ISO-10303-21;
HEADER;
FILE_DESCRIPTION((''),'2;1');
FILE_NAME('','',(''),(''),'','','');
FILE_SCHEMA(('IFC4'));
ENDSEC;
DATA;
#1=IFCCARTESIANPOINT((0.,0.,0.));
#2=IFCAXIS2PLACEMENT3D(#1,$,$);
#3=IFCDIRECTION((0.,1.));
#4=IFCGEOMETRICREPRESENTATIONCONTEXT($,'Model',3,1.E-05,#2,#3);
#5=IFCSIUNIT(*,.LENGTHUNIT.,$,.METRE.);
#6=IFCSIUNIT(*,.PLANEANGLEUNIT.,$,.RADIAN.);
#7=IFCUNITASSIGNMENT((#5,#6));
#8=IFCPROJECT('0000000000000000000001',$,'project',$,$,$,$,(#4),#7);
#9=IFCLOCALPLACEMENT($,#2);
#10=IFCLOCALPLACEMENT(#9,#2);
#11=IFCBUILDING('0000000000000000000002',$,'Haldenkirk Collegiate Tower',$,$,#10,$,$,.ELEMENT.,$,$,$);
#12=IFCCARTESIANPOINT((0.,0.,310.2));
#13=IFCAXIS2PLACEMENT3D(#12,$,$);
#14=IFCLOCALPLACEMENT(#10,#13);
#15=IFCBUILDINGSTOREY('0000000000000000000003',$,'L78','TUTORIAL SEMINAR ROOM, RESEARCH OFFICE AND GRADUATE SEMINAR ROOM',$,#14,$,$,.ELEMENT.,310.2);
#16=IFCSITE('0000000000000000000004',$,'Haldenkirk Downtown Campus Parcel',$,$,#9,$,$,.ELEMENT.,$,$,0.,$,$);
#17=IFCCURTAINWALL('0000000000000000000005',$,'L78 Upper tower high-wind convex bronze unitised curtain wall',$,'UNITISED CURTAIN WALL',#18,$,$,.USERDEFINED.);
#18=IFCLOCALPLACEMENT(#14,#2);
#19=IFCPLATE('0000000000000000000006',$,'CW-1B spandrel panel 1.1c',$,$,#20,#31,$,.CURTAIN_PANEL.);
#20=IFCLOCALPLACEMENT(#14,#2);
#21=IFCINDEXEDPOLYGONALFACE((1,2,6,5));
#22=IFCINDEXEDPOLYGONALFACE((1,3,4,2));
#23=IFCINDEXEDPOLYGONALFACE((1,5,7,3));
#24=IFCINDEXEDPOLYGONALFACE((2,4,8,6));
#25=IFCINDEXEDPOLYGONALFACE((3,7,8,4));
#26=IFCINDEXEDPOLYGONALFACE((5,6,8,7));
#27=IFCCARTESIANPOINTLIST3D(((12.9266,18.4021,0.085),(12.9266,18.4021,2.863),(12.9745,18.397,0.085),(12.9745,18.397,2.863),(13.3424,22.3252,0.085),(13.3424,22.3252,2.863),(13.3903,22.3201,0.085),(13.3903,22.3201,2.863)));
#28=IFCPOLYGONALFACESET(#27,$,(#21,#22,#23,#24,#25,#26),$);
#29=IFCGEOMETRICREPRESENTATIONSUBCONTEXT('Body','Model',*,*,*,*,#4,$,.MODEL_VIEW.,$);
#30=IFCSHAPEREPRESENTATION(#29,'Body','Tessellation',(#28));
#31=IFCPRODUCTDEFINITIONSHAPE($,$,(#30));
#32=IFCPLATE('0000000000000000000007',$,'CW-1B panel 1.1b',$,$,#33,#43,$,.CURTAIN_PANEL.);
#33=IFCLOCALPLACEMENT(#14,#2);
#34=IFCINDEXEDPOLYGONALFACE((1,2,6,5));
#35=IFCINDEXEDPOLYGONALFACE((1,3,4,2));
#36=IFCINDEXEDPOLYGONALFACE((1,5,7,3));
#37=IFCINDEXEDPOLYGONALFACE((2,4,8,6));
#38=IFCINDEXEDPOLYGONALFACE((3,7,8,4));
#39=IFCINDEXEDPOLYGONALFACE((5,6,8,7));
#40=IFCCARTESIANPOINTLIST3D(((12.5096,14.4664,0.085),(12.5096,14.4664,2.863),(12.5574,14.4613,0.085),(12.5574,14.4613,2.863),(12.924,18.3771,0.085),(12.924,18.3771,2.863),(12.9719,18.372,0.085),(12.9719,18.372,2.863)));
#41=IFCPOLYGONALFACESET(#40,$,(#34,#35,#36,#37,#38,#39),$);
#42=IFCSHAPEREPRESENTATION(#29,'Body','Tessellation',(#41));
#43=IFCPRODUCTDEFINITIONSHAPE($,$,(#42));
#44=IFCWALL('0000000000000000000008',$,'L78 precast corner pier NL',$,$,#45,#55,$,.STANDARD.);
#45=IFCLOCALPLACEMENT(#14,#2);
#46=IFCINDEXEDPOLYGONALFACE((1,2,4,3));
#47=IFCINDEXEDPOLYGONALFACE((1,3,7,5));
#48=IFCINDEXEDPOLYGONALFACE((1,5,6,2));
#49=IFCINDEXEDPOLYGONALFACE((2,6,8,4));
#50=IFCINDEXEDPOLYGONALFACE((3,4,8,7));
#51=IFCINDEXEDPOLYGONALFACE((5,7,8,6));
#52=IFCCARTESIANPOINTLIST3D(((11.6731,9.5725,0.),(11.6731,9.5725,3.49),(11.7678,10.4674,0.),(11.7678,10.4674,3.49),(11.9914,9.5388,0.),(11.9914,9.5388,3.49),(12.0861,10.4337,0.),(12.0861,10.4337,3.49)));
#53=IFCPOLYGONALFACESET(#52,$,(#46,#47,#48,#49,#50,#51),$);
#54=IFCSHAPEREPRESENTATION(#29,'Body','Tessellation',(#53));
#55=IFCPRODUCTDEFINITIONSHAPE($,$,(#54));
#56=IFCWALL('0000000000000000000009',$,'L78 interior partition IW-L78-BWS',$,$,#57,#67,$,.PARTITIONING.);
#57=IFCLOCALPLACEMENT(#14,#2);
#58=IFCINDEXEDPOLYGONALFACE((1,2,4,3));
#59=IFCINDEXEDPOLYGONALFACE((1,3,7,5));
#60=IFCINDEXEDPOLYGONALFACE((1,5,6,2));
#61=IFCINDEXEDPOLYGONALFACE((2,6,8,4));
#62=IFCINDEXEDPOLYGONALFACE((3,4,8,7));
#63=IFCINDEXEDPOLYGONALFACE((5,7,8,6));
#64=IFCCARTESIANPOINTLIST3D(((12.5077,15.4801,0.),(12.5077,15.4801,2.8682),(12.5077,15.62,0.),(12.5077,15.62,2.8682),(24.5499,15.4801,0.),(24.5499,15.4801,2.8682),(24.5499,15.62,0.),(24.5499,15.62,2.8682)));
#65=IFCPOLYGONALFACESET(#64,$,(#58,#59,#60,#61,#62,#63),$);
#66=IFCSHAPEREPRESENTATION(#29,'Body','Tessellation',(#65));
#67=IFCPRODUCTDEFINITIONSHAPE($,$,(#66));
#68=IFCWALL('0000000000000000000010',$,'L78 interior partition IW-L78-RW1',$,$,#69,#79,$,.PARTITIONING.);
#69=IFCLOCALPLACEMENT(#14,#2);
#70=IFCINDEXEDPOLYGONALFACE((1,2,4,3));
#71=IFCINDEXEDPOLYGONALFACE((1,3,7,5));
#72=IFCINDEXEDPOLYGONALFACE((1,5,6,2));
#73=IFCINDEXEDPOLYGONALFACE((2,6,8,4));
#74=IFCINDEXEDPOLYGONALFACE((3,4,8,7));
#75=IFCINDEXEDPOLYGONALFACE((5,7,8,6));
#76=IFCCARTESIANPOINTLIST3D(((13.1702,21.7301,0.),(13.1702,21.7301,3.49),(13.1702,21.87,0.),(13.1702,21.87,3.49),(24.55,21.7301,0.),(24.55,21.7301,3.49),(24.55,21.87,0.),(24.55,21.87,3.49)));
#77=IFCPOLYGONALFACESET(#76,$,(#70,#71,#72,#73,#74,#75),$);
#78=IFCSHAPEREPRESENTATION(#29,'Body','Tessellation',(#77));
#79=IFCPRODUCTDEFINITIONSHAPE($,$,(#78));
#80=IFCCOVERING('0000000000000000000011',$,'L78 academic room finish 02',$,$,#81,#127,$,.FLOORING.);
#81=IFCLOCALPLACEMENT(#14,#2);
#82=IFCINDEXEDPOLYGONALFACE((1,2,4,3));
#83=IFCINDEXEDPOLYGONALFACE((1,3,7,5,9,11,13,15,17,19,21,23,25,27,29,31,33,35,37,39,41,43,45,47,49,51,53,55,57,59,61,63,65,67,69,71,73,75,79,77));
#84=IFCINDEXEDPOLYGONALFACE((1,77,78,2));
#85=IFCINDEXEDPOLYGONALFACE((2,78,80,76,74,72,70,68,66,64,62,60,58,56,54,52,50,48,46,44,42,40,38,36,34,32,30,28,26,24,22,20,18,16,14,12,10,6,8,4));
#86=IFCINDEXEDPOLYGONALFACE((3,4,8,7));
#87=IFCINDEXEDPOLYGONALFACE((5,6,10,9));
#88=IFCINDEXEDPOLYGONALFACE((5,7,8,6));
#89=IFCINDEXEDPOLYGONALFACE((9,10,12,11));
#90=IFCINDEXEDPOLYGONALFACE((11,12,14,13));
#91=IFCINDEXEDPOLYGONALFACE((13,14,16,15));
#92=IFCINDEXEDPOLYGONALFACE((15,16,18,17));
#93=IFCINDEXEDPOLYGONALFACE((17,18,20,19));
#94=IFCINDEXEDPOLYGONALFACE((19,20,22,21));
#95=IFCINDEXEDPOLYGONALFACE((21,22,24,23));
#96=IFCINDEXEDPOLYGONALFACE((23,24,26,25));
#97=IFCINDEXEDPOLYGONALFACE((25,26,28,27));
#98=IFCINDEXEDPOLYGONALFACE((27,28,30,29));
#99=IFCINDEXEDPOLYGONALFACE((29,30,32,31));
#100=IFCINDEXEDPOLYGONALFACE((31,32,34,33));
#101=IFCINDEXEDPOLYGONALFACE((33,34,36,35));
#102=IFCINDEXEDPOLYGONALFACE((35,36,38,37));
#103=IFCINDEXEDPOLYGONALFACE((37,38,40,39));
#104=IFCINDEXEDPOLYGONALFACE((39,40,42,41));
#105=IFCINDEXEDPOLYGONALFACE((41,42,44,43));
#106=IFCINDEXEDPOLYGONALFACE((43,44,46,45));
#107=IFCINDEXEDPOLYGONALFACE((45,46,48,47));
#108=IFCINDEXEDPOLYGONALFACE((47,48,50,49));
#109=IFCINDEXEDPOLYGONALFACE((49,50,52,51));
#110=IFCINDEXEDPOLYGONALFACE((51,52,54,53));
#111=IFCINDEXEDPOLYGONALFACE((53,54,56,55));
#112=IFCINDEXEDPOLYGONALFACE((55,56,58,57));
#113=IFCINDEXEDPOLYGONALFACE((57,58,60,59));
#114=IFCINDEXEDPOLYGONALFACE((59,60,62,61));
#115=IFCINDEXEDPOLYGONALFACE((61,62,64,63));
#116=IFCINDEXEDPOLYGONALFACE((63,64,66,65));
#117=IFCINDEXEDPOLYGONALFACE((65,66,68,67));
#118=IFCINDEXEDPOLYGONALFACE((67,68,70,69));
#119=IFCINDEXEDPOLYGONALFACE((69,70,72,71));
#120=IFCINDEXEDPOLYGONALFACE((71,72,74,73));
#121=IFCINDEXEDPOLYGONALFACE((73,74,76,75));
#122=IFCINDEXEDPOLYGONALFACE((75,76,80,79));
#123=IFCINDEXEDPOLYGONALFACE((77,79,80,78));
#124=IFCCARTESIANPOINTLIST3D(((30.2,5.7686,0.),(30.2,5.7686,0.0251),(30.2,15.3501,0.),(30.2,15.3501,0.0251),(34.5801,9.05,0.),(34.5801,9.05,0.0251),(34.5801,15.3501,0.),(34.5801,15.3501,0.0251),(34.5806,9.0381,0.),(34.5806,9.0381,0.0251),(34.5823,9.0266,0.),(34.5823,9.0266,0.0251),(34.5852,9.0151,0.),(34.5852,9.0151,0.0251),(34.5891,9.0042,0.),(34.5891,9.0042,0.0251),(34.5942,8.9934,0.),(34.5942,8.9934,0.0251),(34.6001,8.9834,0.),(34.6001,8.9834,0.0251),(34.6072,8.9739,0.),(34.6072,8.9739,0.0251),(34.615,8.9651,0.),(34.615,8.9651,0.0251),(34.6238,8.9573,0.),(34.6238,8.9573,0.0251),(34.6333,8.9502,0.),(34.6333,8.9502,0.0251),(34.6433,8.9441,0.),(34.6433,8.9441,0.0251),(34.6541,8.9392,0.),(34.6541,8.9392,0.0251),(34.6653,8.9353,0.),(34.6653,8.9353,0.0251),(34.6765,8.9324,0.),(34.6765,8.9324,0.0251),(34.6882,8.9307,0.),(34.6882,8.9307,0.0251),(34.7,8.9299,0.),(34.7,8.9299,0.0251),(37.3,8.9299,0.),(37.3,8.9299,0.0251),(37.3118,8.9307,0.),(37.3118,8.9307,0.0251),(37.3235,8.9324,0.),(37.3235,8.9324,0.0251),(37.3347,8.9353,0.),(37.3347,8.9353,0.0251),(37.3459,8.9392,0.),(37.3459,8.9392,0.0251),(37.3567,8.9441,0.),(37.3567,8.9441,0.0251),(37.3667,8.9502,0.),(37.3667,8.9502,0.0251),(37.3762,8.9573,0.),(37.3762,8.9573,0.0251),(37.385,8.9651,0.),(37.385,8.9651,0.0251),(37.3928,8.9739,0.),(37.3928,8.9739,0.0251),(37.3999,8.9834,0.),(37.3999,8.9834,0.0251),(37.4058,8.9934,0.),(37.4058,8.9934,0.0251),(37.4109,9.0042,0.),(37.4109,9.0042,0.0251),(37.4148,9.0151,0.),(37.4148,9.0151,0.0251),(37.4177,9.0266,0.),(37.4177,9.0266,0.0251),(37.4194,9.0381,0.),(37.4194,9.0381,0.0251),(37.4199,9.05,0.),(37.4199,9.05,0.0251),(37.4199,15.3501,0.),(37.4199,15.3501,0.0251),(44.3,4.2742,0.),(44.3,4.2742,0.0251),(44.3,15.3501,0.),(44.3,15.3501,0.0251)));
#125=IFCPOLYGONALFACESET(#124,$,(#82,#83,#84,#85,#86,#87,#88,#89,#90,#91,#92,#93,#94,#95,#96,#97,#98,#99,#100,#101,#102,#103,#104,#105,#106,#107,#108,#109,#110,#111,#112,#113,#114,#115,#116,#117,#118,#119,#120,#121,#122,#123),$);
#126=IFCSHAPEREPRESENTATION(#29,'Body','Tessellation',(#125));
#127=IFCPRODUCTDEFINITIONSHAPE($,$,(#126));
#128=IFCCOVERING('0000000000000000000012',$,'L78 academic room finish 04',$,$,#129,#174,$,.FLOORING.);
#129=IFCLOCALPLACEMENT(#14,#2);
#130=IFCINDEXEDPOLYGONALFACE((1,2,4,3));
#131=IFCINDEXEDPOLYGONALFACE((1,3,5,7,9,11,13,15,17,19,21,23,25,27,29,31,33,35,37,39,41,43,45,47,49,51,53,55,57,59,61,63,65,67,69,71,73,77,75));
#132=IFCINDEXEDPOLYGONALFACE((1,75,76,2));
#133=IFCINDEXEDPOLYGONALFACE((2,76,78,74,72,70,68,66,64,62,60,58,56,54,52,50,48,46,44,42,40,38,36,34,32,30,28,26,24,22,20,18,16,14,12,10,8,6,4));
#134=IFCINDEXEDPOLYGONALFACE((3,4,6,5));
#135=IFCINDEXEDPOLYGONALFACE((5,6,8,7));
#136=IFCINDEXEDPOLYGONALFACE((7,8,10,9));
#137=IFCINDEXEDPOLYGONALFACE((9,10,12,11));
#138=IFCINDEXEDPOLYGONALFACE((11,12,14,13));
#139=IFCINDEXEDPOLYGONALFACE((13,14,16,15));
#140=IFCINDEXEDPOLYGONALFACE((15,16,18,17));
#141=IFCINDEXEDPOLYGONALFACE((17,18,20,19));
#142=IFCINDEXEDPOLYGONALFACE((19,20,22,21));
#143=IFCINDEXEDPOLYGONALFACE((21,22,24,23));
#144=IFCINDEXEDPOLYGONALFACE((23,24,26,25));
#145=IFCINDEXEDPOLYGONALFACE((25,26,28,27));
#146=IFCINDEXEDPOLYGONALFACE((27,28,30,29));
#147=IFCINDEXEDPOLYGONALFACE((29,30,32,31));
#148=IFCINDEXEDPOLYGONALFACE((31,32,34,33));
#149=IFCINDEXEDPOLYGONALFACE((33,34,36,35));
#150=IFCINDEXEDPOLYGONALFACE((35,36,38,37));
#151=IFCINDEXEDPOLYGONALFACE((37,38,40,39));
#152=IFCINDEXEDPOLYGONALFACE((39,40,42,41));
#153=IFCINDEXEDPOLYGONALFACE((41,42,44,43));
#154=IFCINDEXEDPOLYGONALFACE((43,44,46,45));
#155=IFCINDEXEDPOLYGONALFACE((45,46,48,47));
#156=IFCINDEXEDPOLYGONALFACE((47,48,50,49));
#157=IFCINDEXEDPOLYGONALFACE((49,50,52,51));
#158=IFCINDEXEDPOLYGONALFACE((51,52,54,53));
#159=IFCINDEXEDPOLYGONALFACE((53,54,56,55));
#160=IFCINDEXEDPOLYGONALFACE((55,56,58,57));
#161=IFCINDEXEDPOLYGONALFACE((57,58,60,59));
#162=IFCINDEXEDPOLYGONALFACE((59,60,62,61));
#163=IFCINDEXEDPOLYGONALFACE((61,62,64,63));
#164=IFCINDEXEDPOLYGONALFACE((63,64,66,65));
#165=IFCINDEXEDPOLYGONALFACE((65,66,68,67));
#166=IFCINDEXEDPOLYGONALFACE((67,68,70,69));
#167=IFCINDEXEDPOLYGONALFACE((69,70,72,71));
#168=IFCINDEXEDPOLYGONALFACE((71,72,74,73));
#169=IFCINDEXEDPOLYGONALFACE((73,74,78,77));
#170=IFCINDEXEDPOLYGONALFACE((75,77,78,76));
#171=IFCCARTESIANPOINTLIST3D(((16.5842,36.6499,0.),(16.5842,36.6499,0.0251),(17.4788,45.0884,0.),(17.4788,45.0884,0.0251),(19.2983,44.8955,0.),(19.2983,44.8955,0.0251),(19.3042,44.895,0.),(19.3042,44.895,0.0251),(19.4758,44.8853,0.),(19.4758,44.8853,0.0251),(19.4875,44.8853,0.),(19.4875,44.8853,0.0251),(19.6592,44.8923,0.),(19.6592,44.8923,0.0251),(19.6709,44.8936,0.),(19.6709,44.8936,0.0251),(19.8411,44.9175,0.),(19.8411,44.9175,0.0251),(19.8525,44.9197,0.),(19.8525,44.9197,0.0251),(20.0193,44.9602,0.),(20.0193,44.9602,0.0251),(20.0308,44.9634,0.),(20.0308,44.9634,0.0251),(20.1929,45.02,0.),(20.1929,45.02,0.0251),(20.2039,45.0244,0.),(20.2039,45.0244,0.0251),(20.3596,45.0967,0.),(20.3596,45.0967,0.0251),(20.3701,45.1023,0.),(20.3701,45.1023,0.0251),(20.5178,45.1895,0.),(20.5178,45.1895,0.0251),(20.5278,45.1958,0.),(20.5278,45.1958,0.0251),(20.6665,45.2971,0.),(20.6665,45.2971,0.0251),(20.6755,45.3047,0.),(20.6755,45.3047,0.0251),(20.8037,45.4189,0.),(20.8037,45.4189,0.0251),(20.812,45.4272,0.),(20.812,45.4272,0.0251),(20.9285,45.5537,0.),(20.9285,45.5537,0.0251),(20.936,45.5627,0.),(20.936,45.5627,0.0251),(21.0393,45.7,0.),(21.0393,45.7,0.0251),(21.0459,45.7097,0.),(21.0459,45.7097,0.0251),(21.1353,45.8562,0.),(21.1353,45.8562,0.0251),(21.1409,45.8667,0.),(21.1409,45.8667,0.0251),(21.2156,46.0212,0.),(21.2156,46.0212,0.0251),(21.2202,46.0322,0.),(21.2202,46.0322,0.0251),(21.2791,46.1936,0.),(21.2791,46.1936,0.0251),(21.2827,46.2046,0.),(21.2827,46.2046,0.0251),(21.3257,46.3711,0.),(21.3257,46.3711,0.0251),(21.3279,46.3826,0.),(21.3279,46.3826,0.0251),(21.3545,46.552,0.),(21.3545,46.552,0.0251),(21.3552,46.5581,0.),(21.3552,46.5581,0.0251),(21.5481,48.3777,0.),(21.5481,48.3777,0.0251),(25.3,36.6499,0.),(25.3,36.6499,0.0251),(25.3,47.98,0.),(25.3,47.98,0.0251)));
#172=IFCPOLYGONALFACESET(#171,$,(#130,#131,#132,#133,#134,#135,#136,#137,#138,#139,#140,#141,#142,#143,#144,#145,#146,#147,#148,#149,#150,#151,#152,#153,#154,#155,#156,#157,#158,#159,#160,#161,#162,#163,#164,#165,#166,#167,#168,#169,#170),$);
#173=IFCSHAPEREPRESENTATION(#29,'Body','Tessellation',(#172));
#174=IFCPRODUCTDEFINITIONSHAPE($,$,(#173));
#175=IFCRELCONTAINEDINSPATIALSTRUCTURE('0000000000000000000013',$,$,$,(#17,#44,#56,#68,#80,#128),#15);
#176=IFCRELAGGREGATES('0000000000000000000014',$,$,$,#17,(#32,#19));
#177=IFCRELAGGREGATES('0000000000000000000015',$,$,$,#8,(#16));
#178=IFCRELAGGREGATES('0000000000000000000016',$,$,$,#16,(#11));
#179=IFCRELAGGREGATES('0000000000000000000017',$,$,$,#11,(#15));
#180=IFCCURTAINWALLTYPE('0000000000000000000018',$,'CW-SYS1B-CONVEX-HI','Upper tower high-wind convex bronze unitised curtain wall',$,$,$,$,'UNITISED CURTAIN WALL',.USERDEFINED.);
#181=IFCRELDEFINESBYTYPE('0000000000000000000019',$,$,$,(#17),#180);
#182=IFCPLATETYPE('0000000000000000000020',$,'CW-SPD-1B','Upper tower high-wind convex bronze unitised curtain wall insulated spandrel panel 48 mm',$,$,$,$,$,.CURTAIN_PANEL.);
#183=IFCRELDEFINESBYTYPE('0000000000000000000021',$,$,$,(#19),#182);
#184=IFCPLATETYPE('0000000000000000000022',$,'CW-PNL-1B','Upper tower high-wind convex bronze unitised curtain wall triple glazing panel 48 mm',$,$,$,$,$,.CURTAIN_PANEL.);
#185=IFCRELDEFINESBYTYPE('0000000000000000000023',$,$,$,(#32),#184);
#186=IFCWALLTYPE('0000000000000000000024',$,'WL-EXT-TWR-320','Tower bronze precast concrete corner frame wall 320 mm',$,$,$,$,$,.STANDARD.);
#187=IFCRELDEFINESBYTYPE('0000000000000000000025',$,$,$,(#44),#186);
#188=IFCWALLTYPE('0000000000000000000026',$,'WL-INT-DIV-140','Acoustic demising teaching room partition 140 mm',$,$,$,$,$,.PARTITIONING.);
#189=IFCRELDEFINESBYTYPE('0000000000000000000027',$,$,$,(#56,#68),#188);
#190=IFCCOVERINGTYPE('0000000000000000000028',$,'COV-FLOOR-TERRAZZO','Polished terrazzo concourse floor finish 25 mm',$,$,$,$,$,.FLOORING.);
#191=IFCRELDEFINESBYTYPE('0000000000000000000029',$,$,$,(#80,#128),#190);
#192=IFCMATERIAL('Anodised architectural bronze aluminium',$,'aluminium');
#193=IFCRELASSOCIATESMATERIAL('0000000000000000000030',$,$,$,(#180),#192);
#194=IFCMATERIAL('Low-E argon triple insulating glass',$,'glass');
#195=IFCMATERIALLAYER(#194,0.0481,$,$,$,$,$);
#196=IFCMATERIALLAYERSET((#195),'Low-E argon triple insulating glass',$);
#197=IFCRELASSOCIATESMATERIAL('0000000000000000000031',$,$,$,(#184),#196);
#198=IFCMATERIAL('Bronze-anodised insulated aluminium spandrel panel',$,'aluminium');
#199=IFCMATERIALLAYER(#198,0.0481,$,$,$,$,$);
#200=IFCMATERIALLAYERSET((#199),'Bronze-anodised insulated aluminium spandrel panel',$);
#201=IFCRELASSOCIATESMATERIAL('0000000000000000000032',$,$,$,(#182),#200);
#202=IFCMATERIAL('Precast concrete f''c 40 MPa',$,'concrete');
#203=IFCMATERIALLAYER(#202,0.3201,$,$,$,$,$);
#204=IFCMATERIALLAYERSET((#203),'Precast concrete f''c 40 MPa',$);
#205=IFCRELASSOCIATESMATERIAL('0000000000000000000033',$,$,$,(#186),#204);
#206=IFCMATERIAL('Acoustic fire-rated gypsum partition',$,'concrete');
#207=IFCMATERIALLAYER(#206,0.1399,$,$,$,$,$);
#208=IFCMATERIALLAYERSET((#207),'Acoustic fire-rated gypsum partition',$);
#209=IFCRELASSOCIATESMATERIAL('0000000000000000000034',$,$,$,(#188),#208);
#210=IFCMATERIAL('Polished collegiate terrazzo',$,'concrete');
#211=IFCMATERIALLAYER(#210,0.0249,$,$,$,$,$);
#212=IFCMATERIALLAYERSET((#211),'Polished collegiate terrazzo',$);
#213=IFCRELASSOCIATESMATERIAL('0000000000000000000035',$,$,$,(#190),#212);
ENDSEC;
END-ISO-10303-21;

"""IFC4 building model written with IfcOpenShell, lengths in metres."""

from ifc_helpers import new_model, si_unit, direction, frame, frame_2d, origin, origin_2d, place, context, subcontext, project, spatial, polyline, rectangle, outline, extrude, source, transform, mapped, material, layer, layer_set, type_object, element, aggregate, save


model = new_model("IFC4")

# Units and contexts
model_context = context("Model", 3, precision=1e-05, world=origin(), true_north=direction((0.0, 1.0)))
body_context = subcontext(model_context, "Body", "Model", "MODEL_VIEW")
ifc_project = project(units=[si_unit("LENGTHUNIT", "METRE"), si_unit("PLANEANGLEUNIT", "RADIAN")], contexts=[model_context])

# Site, building, storey
site_placement = place(None, origin())
site = spatial("IfcSite", under=ifc_project, at=site_placement, Name="Haldenkirk Downtown Campus Parcel", CompositionType="ELEMENT", RefElevation=0.0)
building_placement = place(site_placement, origin())
building = spatial("IfcBuilding", under=site, at=building_placement, Name="Haldenkirk Collegiate Tower", CompositionType="ELEMENT")
storey_placement = place(building_placement, frame((0.0, 0.0, 310.2)))
storey = spatial("IfcBuildingStorey", under=building, at=storey_placement, Name="L78", Description="TUTORIAL SEMINAR ROOM, RESEARCH OFFICE AND GRADUATE SEMINAR ROOM", CompositionType="ELEMENT", Elevation=310.2)

# Curtain wall
ifc_material_1 = material(Name="Anodised architectural bronze aluminium", Category="aluminium")
curtain_wall_type = type_object("IfcCurtainWallType", Name="CW-SYS1B-CONVEX-HI", Description="Upper tower high-wind convex bronze unitised curtain wall", ElementType="UNITISED CURTAIN WALL", PredefinedType="USERDEFINED", material=ifc_material_1)
curtain_wall_placement = place(storey_placement, origin())
curtain_wall = element("IfcCurtainWall", 1, at=curtain_wall_placement, inside=storey, type_object=curtain_wall_type, Name="L78 Upper tower high-wind convex bronze unitised curtain wall", ObjectType="UNITISED CURTAIN WALL", PredefinedType="USERDEFINED")

# Plates
ifc_material_2 = material(Name="Low-E argon triple insulating glass", Category="glass")
ifc_layer_1 = layer(ifc_material_2, 0.0481)
ifc_layer_set_1 = layer_set([ifc_layer_1], Name="Low-E argon triple insulating glass")
plate_type_1 = type_object("IfcPlateType", Name="CW-PNL-1B", Description="Upper tower high-wind convex bronze unitised curtain wall triple glazing panel 48 mm", PredefinedType="CURTAIN_PANEL", material=ifc_layer_set_1)
shared_shape_1 = source(origin(), body_context, "Body", "SweptSolid", [
    extrude(rectangle(XDim=3.9451, YDim=0.0481, at=origin_2d()), origin(), (0.0, 0.0, 1.0), 2.7781),
])
ifc_material_3 = material(Name="Bronze-anodised insulated aluminium spandrel panel", Category="aluminium")
ifc_layer_2 = layer(ifc_material_3, 0.0481)
ifc_layer_set_2 = layer_set([ifc_layer_2], Name="Bronze-anodised insulated aluminium spandrel panel")
plate_type_2 = type_object("IfcPlateType", Name="CW-SPD-1B", Description="Upper tower high-wind convex bronze unitised curtain wall insulated spandrel panel 48 mm", PredefinedType="CURTAIN_PANEL", material=ifc_layer_set_2)
plate_1_placement = place(storey_placement, frame((13.1584, 20.3611, 0.085), z_axis=(0.0, 0.0, 1.0), x_axis=(0.105394, 0.99443, 0.0)))
plate_1 = element("IfcPlate", 2, at=plate_1_placement, type_object=plate_type_2, Name="CW-1B spandrel panel 1.1c", PredefinedType="CURTAIN_PANEL", context=body_context, shape_type="MappedRepresentation", body=[
    mapped(shared_shape_1, transform((0.0, 0.0, 0.0), x_axis=(1.0, 0.0, 0.0), y_axis=(0.0, 1.0, 0.0), z_axis=(0.0, 0.0, 1.0), scale=1.0)),
])
shared_shape_2 = source(origin(), body_context, "Body", "SweptSolid", [
    extrude(rectangle(XDim=3.9326, YDim=0.0481, at=origin_2d()), origin(), (0.0, 0.0, 1.0), 2.7781),
])
plate_2_placement = place(storey_placement, frame((12.7407, 16.4192, 0.085), z_axis=(0.0, 0.0, 1.0), x_axis=(0.105394, 0.99443, 0.0)))
plate_2 = element("IfcPlate", 3, at=plate_2_placement, type_object=plate_type_1, Name="CW-1B panel 1.1b", PredefinedType="CURTAIN_PANEL", context=body_context, shape_type="MappedRepresentation", body=[
    mapped(shared_shape_2, transform((0.0, 0.0, 0.0), x_axis=(1.0, 0.0, 0.0), y_axis=(0.0, 1.0, 0.0), z_axis=(0.0, 0.0, 1.0), scale=1.0)),
])
aggregate(curtain_wall, [plate_2, plate_1])

# Walls
ifc_material_4 = material(Name="Precast concrete f'c 40 MPa", Category="concrete")
ifc_layer_3 = layer(ifc_material_4, 0.3201)
ifc_layer_set_3 = layer_set([ifc_layer_3], Name="Precast concrete f'c 40 MPa")
wall_type_1 = type_object("IfcWallType", Name="WL-EXT-TWR-320", Description="Tower bronze precast concrete corner frame wall 320 mm", PredefinedType="STANDARD", material=ifc_layer_set_3)
wall_1_placement = place(storey_placement, frame((11.8323, 9.5557, 0.0), z_axis=(0.0, 0.0, 1.0), x_axis=(0.10525, 0.994446, 0.0)))
element("IfcWall", 4, at=wall_1_placement, inside=storey, type_object=wall_type_1, Name="L78 precast corner pier NL", PredefinedType="STANDARD", context=body_context, shape_type="SweptSolid", body=[
    extrude(rectangle(XDim=0.8999, YDim=0.3201, at=frame_2d((0.45, 0.0))), origin(), (0.0, 0.0, 1.0), 3.49),
])
ifc_material_5 = material(Name="Acoustic fire-rated gypsum partition", Category="concrete")
ifc_layer_4 = layer(ifc_material_5, 0.1399)
ifc_layer_set_4 = layer_set([ifc_layer_4], Name="Acoustic fire-rated gypsum partition")
wall_type_2 = type_object("IfcWallType", Name="WL-INT-DIV-140", Description="Acoustic demising teaching room partition 140 mm", PredefinedType="PARTITIONING", material=ifc_layer_set_4)
wall_2_placement = place(storey_placement, frame((12.5078, 15.55, 0.0), z_axis=(0.0, 0.0, 1.0), x_axis=(1.0, 0.0, 0.0)))
element("IfcWall", 5, at=wall_2_placement, inside=storey, type_object=wall_type_2, Name="L78 interior partition IW-L78-BWS", PredefinedType="PARTITIONING", context=body_context, shape_type="SweptSolid", body=[
    extrude(rectangle(XDim=12.0422, YDim=0.1399, at=frame_2d((6.021, 0.0))), origin(), (0.0, 0.0, 1.0), 2.8682),
])
wall_3_placement = place(storey_placement, frame((13.1702, 21.8, 0.0), z_axis=(0.0, 0.0, 1.0), x_axis=(1.0, 0.0, 0.0)))
element("IfcWall", 6, at=wall_3_placement, inside=storey, type_object=wall_type_2, Name="L78 interior partition IW-L78-RW1", PredefinedType="PARTITIONING", context=body_context, shape_type="SweptSolid", body=[
    extrude(rectangle(XDim=11.3799, YDim=0.1399, at=frame_2d((5.6899, 0.0))), origin(), (0.0, 0.0, 1.0), 3.49),
])

# Coverings
ifc_material_6 = material(Name="Polished collegiate terrazzo", Category="concrete")
ifc_layer_5 = layer(ifc_material_6, 0.0249)
ifc_layer_set_5 = layer_set([ifc_layer_5], Name="Polished collegiate terrazzo")
covering_type_1 = type_object("IfcCoveringType", Name="COV-FLOOR-TERRAZZO", Description="Polished terrazzo concourse floor finish 25 mm", PredefinedType="FLOORING", material=ifc_layer_set_5)
covering_1_placement = place(storey_placement, origin())
element("IfcCovering", 7, at=covering_1_placement, inside=storey, type_object=covering_type_1, Name="L78 academic room finish 02", PredefinedType="FLOORING", context=body_context, shape_type="SweptSolid", body=[
    extrude(outline(polyline([(30.2, 5.7686), (30.2, 15.3501), (34.5801, 15.3501), (34.5801, 9.05), (34.5806, 9.0381), (34.5823, 9.0266), (34.5852, 9.0151), (34.5891, 9.0042), (34.5942, 8.9934), (34.6001, 8.9834), (34.6072, 8.9739), (34.615, 8.9651), (34.6238, 8.9573), (34.6333, 8.9502), (34.6433, 8.9441), (34.6541, 8.9392), (34.6653, 8.9353), (34.6765, 8.9324), (34.6882, 8.9307), (34.7, 8.9299), (37.3, 8.9299), (37.3118, 8.9307), (37.3235, 8.9324), (37.3347, 8.9353), (37.3459, 8.9392), (37.3567, 8.9441), (37.3667, 8.9502), (37.3762, 8.9573), (37.385, 8.9651), (37.3928, 8.9739), (37.3999, 8.9834), (37.4058, 8.9934), (37.4109, 9.0042), (37.4148, 9.0151), (37.4177, 9.0266), (37.4194, 9.0381), (37.4199, 9.05), (37.4199, 15.3501), (44.3, 15.3501), (44.3, 4.2742), (30.2, 5.7686)])), origin(), (0.0, 0.0, 1.0), 0.0251),
])
covering_2_placement = place(storey_placement, origin())
element("IfcCovering", 8, at=covering_2_placement, inside=storey, type_object=covering_type_1, Name="L78 academic room finish 04", PredefinedType="FLOORING", context=body_context, shape_type="SweptSolid", body=[
    extrude(outline(polyline([(19.2983, 44.8955), (19.3042, 44.895), (19.4758, 44.8853), (19.4875, 44.8853), (19.6592, 44.8923), (19.6709, 44.8936), (19.8411, 44.9175), (19.8525, 44.9197), (20.0193, 44.9602), (20.0308, 44.9634), (20.1929, 45.02), (20.2039, 45.0244), (20.3596, 45.0967), (20.3701, 45.1023), (20.5178, 45.1895), (20.5278, 45.1958), (20.6665, 45.2971), (20.6755, 45.3047), (20.8037, 45.4189), (20.812, 45.4272), (20.9285, 45.5537), (20.936, 45.5627), (21.0393, 45.7), (21.0459, 45.7097), (21.1353, 45.8562), (21.1409, 45.8667), (21.2156, 46.0212), (21.2202, 46.0322), (21.2791, 46.1936), (21.2827, 46.2046), (21.3257, 46.3711), (21.3279, 46.3826), (21.3545, 46.552), (21.3552, 46.5581), (21.5481, 48.3777), (25.3, 47.98), (25.3, 36.6499), (16.5842, 36.6499), (17.4788, 45.0884), (19.2983, 44.8955)])), origin(), (0.0, 0.0, 1.0), 0.0251),
])

save(model, "model.ifc")
